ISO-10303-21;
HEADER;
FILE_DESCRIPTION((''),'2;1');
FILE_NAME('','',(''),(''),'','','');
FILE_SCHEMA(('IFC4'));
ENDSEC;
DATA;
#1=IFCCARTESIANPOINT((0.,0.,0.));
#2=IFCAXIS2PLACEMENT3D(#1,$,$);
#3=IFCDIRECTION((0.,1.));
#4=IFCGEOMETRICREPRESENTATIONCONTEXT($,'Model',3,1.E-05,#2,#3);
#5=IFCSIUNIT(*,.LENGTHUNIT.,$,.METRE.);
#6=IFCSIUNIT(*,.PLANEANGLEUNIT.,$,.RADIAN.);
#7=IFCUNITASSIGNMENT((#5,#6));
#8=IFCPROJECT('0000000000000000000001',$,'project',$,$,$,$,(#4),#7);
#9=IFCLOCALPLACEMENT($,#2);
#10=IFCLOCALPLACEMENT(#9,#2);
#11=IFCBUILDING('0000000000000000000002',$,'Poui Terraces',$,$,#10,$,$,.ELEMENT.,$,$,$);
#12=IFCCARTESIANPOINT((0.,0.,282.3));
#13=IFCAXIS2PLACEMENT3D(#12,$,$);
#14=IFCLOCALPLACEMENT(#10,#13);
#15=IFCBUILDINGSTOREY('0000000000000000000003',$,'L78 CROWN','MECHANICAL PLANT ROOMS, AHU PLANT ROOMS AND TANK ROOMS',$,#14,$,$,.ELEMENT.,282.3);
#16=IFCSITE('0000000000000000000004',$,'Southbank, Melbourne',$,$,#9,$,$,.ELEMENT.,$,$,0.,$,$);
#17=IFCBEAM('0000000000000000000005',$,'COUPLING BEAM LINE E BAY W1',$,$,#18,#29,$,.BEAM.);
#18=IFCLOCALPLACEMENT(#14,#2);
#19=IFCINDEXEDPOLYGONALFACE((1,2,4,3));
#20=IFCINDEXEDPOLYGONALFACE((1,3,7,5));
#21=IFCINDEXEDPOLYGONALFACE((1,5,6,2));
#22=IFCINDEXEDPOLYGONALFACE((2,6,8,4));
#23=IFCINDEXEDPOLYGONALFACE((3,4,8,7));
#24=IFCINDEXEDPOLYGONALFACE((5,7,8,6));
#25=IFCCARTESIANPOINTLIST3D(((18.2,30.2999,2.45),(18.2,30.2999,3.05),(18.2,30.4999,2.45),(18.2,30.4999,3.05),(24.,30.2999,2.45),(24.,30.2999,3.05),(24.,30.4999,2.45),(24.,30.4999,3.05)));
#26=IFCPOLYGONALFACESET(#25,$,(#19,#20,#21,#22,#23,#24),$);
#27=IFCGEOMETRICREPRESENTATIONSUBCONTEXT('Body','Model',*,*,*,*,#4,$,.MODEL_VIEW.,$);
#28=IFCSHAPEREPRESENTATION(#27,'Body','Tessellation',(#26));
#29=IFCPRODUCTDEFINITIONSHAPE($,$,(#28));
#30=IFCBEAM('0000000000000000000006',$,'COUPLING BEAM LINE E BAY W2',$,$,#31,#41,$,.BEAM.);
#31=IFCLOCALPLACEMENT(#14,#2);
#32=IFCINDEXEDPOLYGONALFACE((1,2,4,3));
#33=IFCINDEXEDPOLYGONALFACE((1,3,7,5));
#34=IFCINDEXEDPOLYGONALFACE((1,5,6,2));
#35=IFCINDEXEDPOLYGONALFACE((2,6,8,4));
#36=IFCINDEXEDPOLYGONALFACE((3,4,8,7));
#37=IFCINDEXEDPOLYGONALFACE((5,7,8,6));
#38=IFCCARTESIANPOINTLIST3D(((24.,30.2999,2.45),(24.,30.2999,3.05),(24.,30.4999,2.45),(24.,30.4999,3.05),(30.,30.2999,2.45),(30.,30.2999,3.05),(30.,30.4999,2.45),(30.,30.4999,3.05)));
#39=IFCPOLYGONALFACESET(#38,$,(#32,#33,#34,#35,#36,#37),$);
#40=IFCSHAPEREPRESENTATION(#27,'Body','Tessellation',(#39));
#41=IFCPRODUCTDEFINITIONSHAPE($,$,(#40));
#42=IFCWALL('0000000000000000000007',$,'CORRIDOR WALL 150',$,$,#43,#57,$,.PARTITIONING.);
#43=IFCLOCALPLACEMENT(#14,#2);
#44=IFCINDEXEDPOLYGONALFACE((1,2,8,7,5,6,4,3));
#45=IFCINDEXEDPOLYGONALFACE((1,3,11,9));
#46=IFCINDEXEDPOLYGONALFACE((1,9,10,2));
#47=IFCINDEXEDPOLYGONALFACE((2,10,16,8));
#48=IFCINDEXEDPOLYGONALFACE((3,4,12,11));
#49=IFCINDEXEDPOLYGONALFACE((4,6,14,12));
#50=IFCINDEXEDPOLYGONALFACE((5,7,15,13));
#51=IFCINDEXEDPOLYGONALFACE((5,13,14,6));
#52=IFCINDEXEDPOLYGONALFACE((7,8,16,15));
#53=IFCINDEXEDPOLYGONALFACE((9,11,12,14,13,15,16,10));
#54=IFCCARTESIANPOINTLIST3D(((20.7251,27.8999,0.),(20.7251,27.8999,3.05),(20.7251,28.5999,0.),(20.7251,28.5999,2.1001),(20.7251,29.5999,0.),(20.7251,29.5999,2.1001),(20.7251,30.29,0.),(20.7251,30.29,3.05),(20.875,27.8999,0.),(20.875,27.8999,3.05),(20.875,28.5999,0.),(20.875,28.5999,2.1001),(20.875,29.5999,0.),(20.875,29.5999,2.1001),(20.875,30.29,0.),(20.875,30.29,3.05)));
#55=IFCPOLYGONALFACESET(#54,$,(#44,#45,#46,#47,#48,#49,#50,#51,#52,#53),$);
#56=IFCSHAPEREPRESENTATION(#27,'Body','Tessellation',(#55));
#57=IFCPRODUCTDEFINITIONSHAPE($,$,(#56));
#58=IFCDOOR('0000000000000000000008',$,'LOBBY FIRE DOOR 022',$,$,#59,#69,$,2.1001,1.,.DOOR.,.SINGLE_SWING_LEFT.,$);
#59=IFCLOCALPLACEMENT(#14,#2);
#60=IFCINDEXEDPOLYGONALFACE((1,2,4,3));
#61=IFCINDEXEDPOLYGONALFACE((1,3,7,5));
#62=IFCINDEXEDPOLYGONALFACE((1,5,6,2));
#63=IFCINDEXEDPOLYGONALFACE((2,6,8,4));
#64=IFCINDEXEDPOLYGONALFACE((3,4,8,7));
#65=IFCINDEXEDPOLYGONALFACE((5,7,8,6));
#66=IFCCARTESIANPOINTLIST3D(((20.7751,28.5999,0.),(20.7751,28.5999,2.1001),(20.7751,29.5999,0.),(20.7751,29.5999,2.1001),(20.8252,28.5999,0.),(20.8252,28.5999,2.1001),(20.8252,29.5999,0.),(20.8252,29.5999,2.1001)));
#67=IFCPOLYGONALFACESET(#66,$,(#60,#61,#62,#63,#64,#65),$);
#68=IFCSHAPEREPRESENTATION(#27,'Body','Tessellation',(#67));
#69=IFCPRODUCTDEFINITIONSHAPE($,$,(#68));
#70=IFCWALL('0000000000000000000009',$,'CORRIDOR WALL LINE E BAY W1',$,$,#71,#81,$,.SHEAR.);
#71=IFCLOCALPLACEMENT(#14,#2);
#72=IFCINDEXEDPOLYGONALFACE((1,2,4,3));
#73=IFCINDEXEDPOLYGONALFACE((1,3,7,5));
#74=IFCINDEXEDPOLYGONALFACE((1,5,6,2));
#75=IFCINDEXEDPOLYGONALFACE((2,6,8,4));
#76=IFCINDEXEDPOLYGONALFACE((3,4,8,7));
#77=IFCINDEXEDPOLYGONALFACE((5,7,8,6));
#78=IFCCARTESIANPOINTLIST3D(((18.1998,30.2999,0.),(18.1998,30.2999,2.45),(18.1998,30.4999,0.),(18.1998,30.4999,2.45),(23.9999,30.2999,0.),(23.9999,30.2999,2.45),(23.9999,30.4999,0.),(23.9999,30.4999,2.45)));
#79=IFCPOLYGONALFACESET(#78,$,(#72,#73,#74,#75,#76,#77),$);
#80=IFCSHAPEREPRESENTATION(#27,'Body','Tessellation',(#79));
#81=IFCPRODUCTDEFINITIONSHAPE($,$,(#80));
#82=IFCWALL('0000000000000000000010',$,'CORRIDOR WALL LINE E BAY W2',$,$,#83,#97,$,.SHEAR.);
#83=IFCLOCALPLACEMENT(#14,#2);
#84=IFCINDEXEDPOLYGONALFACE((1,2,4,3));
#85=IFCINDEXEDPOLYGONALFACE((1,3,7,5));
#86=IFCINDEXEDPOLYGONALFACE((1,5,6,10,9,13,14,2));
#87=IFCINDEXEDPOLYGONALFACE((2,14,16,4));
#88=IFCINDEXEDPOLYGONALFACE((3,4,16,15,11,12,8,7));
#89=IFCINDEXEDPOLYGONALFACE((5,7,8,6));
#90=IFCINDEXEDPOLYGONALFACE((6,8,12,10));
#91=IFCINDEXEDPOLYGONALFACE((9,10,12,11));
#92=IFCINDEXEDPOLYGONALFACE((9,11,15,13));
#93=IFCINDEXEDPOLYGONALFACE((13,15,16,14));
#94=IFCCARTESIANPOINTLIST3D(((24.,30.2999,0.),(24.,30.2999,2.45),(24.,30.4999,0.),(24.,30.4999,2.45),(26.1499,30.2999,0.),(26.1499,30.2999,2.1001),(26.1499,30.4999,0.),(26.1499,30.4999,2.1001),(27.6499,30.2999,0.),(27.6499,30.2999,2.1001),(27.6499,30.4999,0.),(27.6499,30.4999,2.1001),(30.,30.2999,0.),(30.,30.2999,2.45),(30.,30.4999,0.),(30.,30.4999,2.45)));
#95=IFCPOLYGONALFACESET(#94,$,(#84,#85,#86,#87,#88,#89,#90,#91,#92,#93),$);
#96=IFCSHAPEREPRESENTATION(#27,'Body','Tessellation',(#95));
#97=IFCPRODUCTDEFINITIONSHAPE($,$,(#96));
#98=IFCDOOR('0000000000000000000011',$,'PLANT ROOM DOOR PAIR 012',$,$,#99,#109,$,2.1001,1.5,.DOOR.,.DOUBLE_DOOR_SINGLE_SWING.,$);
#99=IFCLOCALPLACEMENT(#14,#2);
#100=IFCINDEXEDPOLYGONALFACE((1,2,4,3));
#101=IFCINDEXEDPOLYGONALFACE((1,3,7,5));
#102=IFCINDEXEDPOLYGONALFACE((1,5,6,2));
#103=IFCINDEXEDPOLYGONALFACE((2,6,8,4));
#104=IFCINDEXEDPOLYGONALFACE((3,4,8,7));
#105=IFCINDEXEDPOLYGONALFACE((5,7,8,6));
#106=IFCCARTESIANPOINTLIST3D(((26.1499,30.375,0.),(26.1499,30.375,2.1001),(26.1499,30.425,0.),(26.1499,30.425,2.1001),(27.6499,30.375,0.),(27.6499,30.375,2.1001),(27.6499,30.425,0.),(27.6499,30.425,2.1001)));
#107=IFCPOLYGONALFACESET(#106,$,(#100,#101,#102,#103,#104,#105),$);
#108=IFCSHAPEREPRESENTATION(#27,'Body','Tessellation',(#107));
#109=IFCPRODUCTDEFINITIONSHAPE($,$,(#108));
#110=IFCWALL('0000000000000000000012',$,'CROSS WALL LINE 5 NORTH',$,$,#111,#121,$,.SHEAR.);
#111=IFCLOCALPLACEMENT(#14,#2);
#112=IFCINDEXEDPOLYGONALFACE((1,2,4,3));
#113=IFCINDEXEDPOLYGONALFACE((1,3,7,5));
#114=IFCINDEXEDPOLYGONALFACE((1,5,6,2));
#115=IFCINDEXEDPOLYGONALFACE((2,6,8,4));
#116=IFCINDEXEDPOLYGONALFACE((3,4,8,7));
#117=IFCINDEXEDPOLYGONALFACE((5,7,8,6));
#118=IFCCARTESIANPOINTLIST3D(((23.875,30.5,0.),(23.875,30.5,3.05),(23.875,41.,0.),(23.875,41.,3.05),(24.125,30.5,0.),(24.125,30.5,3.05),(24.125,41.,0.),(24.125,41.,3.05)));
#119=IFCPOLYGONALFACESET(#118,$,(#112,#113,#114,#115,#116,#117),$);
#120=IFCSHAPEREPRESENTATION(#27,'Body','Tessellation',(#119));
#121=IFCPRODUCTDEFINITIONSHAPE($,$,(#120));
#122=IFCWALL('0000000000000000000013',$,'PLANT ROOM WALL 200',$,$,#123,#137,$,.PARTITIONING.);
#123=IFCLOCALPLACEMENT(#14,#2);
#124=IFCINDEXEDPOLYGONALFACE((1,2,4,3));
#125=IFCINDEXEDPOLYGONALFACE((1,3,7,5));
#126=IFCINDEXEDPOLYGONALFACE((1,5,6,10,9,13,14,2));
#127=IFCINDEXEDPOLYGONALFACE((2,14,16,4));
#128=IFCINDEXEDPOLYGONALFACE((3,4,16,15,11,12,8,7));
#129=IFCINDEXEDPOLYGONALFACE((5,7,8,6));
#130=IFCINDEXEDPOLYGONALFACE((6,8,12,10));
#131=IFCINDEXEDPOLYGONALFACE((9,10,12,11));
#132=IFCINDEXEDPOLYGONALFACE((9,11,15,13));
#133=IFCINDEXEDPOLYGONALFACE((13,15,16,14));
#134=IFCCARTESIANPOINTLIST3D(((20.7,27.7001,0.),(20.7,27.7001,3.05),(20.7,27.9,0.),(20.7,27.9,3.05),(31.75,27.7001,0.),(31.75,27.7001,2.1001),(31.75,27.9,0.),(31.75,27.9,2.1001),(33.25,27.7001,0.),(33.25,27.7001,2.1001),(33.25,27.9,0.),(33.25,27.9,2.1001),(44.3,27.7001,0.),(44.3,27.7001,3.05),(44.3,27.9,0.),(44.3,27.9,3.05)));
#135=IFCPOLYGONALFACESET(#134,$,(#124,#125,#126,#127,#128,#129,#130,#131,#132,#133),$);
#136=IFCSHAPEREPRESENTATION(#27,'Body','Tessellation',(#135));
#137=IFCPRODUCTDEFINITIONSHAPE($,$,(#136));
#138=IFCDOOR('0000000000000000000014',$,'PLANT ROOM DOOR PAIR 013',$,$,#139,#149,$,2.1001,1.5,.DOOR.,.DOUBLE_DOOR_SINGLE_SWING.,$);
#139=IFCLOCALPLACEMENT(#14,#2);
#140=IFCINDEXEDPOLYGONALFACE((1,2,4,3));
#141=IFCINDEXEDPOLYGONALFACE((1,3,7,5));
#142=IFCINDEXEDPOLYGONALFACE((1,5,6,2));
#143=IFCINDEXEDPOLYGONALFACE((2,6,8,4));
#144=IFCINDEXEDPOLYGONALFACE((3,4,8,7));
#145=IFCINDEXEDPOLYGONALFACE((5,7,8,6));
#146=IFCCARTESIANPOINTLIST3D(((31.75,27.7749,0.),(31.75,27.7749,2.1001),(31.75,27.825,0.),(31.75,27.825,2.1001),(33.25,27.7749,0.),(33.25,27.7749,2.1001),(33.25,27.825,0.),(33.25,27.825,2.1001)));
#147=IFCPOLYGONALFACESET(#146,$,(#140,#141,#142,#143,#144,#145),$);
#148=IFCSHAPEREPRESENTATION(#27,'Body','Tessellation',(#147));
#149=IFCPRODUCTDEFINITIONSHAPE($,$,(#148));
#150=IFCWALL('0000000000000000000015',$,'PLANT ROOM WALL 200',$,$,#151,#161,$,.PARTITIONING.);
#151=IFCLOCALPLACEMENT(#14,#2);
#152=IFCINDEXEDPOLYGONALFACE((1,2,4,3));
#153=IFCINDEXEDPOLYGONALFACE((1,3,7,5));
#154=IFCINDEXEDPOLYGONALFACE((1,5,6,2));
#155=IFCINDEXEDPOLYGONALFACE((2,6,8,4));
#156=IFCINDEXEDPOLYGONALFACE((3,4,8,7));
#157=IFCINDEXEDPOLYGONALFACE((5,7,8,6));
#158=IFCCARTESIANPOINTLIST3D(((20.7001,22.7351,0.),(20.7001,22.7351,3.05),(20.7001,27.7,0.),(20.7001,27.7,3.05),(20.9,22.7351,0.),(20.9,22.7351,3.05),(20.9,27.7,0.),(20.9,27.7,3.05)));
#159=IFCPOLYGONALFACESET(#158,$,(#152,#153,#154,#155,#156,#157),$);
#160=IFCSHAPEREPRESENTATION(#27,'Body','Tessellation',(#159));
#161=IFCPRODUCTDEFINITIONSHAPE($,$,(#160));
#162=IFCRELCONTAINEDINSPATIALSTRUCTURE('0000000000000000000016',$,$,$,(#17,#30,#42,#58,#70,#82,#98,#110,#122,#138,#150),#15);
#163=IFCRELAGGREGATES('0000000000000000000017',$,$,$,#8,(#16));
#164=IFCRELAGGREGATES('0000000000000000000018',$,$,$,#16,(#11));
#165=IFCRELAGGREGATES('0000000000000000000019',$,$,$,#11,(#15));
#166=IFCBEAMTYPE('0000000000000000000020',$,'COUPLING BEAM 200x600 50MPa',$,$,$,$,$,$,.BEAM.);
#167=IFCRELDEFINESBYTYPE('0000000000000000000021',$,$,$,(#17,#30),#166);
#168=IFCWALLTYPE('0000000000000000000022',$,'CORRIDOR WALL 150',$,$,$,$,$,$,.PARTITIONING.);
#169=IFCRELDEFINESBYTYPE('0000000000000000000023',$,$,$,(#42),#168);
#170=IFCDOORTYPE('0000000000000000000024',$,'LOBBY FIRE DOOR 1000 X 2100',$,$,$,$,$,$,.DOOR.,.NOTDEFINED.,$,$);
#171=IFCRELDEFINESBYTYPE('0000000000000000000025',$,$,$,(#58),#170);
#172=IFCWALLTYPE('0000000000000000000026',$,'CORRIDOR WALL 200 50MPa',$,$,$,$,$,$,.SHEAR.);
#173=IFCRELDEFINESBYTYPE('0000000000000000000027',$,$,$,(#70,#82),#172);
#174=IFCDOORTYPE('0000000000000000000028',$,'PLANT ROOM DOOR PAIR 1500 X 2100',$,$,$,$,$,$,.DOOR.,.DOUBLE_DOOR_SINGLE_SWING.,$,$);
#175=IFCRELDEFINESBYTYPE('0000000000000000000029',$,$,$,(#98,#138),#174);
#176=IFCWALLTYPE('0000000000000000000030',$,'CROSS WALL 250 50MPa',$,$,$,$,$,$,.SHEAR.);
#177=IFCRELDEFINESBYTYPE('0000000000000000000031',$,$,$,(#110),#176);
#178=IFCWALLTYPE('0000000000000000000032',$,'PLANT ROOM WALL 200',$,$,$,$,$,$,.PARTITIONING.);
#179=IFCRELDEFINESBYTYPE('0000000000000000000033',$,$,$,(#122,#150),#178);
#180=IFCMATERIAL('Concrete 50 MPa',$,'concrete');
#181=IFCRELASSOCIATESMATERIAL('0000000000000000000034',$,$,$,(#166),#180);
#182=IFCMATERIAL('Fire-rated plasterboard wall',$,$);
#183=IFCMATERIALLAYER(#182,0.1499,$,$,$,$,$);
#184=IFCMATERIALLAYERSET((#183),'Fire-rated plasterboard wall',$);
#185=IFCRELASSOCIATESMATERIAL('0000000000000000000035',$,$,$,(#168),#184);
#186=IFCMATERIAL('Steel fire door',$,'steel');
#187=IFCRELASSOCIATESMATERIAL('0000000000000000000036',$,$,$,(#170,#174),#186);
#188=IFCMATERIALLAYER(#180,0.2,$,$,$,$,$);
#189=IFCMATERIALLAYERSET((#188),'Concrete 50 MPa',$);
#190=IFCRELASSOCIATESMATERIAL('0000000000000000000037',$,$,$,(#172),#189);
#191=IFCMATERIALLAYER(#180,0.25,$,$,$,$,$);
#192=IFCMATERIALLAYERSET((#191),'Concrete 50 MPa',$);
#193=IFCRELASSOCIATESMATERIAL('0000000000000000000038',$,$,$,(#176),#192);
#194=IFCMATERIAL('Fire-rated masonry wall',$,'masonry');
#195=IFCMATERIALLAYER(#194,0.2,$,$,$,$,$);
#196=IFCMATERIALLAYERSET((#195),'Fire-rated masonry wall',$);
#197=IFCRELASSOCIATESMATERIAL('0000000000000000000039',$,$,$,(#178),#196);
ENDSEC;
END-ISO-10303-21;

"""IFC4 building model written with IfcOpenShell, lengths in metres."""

from ifc_helpers import new_model, si_unit, direction, frame, frame_2d, origin, origin_2d, place, context, subcontext, project, spatial, rectangle, extrude, source, transform, mapped, material, layer, layer_set, material_profile, profile_set, type_object, element, fill, save


model = new_model("IFC4")

# Units and contexts
model_context = context("Model", 3, precision=1e-05, world=origin(), true_north=direction((0.0, 1.0)))
body_context = subcontext(model_context, "Body", "Model", "MODEL_VIEW")
ifc_project = project(units=[si_unit("LENGTHUNIT", "METRE"), si_unit("PLANEANGLEUNIT", "RADIAN")], contexts=[model_context])

# Site, building, storey
site_placement = place(None, origin())
site = spatial("IfcSite", under=ifc_project, at=site_placement, Name="Southbank, Melbourne", CompositionType="ELEMENT", RefElevation=0.0)
building_placement = place(site_placement, origin())
building = spatial("IfcBuilding", under=site, at=building_placement, Name="Poui Terraces", CompositionType="ELEMENT")
storey_placement = place(building_placement, frame((0.0, 0.0, 282.3)))
storey = spatial("IfcBuildingStorey", under=building, at=storey_placement, Name="L78 CROWN", Description="MECHANICAL PLANT ROOMS, AHU PLANT ROOMS AND TANK ROOMS", CompositionType="ELEMENT", Elevation=282.3)

# Beams
ifc_material_1 = material(Name="Concrete 50 MPa", Category="concrete")
ifc_material_profile_1 = material_profile(ifc_material_1, rectangle(XDim=0.2, YDim=0.6001, at=origin_2d()), Name="RC 200x600")
ifc_profile_set_1 = profile_set([ifc_material_profile_1], Name="Concrete 50 MPa")
beam_type = type_object("IfcBeamType", Name="COUPLING BEAM 200x600 50MPa", PredefinedType="BEAM", material=ifc_profile_set_1)
shared_shape_1 = source(origin(), body_context, "Body", "SweptSolid", [
    extrude(rectangle(XDim=0.2, YDim=0.6001, at=origin_2d()), origin(), (0.0, 0.0, 1.0), 5.8),
])
beam_1_placement = place(storey_placement, frame((18.2, 30.3999, 2.75), z_axis=(1.0, 0.0, 0.0), x_axis=(0.0, 1.0, 0.0)))
element("IfcBeam", 1, at=beam_1_placement, inside=storey, type_object=beam_type, Name="COUPLING BEAM LINE E BAY W1", PredefinedType="BEAM", context=body_context, shape_type="MappedRepresentation", body=[
    mapped(shared_shape_1, transform((0.0, 0.0, 0.0))),
])
shared_shape_2 = source(origin(), body_context, "Body", "SweptSolid", [
    extrude(rectangle(XDim=0.2, YDim=0.6001, at=origin_2d()), origin(), (0.0, 0.0, 1.0), 6.0),
])
beam_2_placement = place(storey_placement, frame((24.0, 30.3999, 2.75), z_axis=(1.0, 0.0, 0.0), x_axis=(0.0, 1.0, 0.0)))
element("IfcBeam", 2, at=beam_2_placement, inside=storey, type_object=beam_type, Name="COUPLING BEAM LINE E BAY W2", PredefinedType="BEAM", context=body_context, shape_type="MappedRepresentation", body=[
    mapped(shared_shape_2, transform((0.0, 0.0, 0.0))),
])

# Wall, opening, door
ifc_material_2 = material(Name="Fire-rated plasterboard wall")
ifc_layer_1 = layer(ifc_material_2, 0.1499)
ifc_layer_set_1 = layer_set([ifc_layer_1], Name="Fire-rated plasterboard wall")
wall_type_1 = type_object("IfcWallType", Name="CORRIDOR WALL 150", PredefinedType="PARTITIONING", material=ifc_layer_set_1)
wall_1_placement = place(storey_placement, frame((20.8, 27.8999, 0.0), z_axis=(0.0, 0.0, 1.0), x_axis=(0.0, 1.0, 0.0)))
wall_1 = element("IfcWall", 3, at=wall_1_placement, inside=storey, type_object=wall_type_1, Name="CORRIDOR WALL 150", PredefinedType="PARTITIONING", context=body_context, shape_type="SweptSolid", body=[
    extrude(rectangle(XDim=2.3901, YDim=0.1499, at=frame_2d((1.1951, 0.0))), origin(), (0.0, 0.0, 1.0), 3.05),
])
opening_1_placement = place(wall_1_placement, frame((0.7, 0.0, 0.0)))
opening_1 = element("IfcOpeningElement", 4, at=opening_1_placement, cuts=wall_1, PredefinedType="OPENING", context=body_context, shape_type="SweptSolid", body=[
    extrude(rectangle(XDim=1.0, YDim=2.1001, at=frame_2d((0.5, 1.05))), frame((0.0, 0.085, 0.0), z_axis=(0.0, -1.0, 0.0), x_axis=(1.0, 0.0, 0.0)), (0.0, 0.0, 1.0), 0.1699),
])
ifc_material_3 = material(Name="Steel fire door", Category="steel")
door_type_1 = type_object("IfcDoorType", Name="LOBBY FIRE DOOR 1000 X 2100", OperationType="NOTDEFINED", PredefinedType="DOOR", material=ifc_material_3)
door_1_placement = place(opening_1_placement, origin())
door_1 = element("IfcDoor", 5, at=door_1_placement, inside=storey, type_object=door_type_1, Name="LOBBY FIRE DOOR 022", OperationType="SINGLE_SWING_LEFT", OverallHeight=2.1001, OverallWidth=1.0, PredefinedType="DOOR", context=body_context, shape_type="SweptSolid", body=[
    extrude(rectangle(XDim=1.0, YDim=2.1001, at=frame_2d((0.5, 1.05))), frame((0.0, 0.0249, 0.0), z_axis=(0.0, -1.0, 0.0), x_axis=(1.0, 0.0, 0.0)), (0.0, 0.0, 1.0), 0.05),
])
fill(opening_1, door_1)

# Wall
ifc_layer_2 = layer(ifc_material_1, 0.2)
ifc_layer_set_2 = layer_set([ifc_layer_2], Name="Concrete 50 MPa")
wall_type_2 = type_object("IfcWallType", Name="CORRIDOR WALL 200 50MPa", PredefinedType="SHEAR", material=ifc_layer_set_2)
wall_2_placement = place(storey_placement, frame((18.2, 30.3999, 0.0), z_axis=(0.0, 0.0, 1.0), x_axis=(1.0, 0.0, 0.0)))
element("IfcWall", 6, at=wall_2_placement, inside=storey, type_object=wall_type_2, Name="CORRIDOR WALL LINE E BAY W1", PredefinedType="SHEAR", context=body_context, shape_type="SweptSolid", body=[
    extrude(rectangle(XDim=5.8, YDim=0.2, at=frame_2d((2.8999, 0.0))), origin(), (0.0, 0.0, 1.0), 2.45),
])

# Wall, opening, door
wall_3_placement = place(storey_placement, frame((24.0, 30.3999, 0.0), z_axis=(0.0, 0.0, 1.0), x_axis=(1.0, 0.0, 0.0)))
wall_3 = element("IfcWall", 7, at=wall_3_placement, inside=storey, type_object=wall_type_2, Name="CORRIDOR WALL LINE E BAY W2", PredefinedType="SHEAR", context=body_context, shape_type="SweptSolid", body=[
    extrude(rectangle(XDim=6.0, YDim=0.2, at=frame_2d((3.0, 0.0))), origin(), (0.0, 0.0, 1.0), 2.45),
])
opening_2_placement = place(wall_3_placement, frame((2.1499, 0.0, 0.0)))
opening_2 = element("IfcOpeningElement", 8, at=opening_2_placement, cuts=wall_3, PredefinedType="OPENING", context=body_context, shape_type="SweptSolid", body=[
    extrude(rectangle(XDim=1.5, YDim=2.1001, at=frame_2d((0.75, 1.05))), frame((0.0, 0.1099, 0.0), z_axis=(0.0, -1.0, 0.0), x_axis=(1.0, 0.0, 0.0)), (0.0, 0.0, 1.0), 0.22),
])
door_type_2 = type_object("IfcDoorType", Name="PLANT ROOM DOOR PAIR 1500 X 2100", OperationType="DOUBLE_DOOR_SINGLE_SWING", PredefinedType="DOOR", material=ifc_material_3)
door_2_placement = place(opening_2_placement, frame((1.5, 0.0, 0.0), z_axis=(0.0, 0.0, 1.0), x_axis=(-1.0, 0.0, 0.0)))
door_2 = element("IfcDoor", 9, at=door_2_placement, inside=storey, type_object=door_type_2, Name="PLANT ROOM DOOR PAIR 012", OperationType="DOUBLE_DOOR_SINGLE_SWING", OverallHeight=2.1001, OverallWidth=1.5, PredefinedType="DOOR", context=body_context, shape_type="SweptSolid", body=[
    extrude(rectangle(XDim=1.5, YDim=2.1001, at=frame_2d((0.75, 1.05))), frame((0.0, 0.0249, 0.0), z_axis=(0.0, -1.0, 0.0), x_axis=(1.0, 0.0, 0.0)), (0.0, 0.0, 1.0), 0.05),
])
fill(opening_2, door_2)

# Wall
ifc_layer_3 = layer(ifc_material_1, 0.25)
ifc_layer_set_3 = layer_set([ifc_layer_3], Name="Concrete 50 MPa")
wall_type_3 = type_object("IfcWallType", Name="CROSS WALL 250 50MPa", PredefinedType="SHEAR", material=ifc_layer_set_3)
wall_4_placement = place(storey_placement, frame((24.0, 30.5, 0.0), z_axis=(0.0, 0.0, 1.0), x_axis=(0.0, 1.0, 0.0)))
element("IfcWall", 10, at=wall_4_placement, inside=storey, type_object=wall_type_3, Name="CROSS WALL LINE 5 NORTH", PredefinedType="SHEAR", context=body_context, shape_type="SweptSolid", body=[
    extrude(rectangle(XDim=10.5, YDim=0.25, at=frame_2d((5.25, 0.0))), origin(), (0.0, 0.0, 1.0), 3.05),
])

# Wall, opening, door
ifc_material_4 = material(Name="Fire-rated masonry wall", Category="masonry")
ifc_layer_4 = layer(ifc_material_4, 0.2)
ifc_layer_set_4 = layer_set([ifc_layer_4], Name="Fire-rated masonry wall")
wall_type_4 = type_object("IfcWallType", Name="PLANT ROOM WALL 200", PredefinedType="PARTITIONING", material=ifc_layer_set_4)
wall_5_placement = place(storey_placement, frame((20.7, 27.8, 0.0), z_axis=(0.0, 0.0, 1.0), x_axis=(1.0, 0.0, 0.0)))
wall_5 = element("IfcWall", 11, at=wall_5_placement, inside=storey, type_object=wall_type_4, Name="PLANT ROOM WALL 200", PredefinedType="PARTITIONING", context=body_context, shape_type="SweptSolid", body=[
    extrude(rectangle(XDim=23.6001, YDim=0.2, at=frame_2d((11.8, 0.0))), origin(), (0.0, 0.0, 1.0), 3.05),
])
opening_3_placement = place(wall_5_placement, frame((11.05, 0.0, 0.0)))
opening_3 = element("IfcOpeningElement", 12, at=opening_3_placement, cuts=wall_5, PredefinedType="OPENING", context=body_context, shape_type="SweptSolid", body=[
    extrude(rectangle(XDim=1.5, YDim=2.1001, at=frame_2d((0.75, 1.05))), frame((0.0, 0.1099, 0.0), z_axis=(0.0, -1.0, 0.0), x_axis=(1.0, 0.0, 0.0)), (0.0, 0.0, 1.0), 0.22),
])
door_3_placement = place(opening_3_placement, origin())
door_3 = element("IfcDoor", 13, at=door_3_placement, inside=storey, type_object=door_type_2, Name="PLANT ROOM DOOR PAIR 013", OperationType="DOUBLE_DOOR_SINGLE_SWING", OverallHeight=2.1001, OverallWidth=1.5, PredefinedType="DOOR", context=body_context, shape_type="SweptSolid", body=[
    extrude(rectangle(XDim=1.5, YDim=2.1001, at=frame_2d((0.75, 1.05))), frame((0.0, 0.0249, 0.0), z_axis=(0.0, -1.0, 0.0), x_axis=(1.0, 0.0, 0.0)), (0.0, 0.0, 1.0), 0.05),
])
fill(opening_3, door_3)

# Wall
wall_6_placement = place(storey_placement, frame((20.8, 22.7351, 0.0), z_axis=(0.0, 0.0, 1.0), x_axis=(0.0, 1.0, 0.0)))
element("IfcWall", 14, at=wall_6_placement, inside=storey, type_object=wall_type_4, Name="PLANT ROOM WALL 200", PredefinedType="PARTITIONING", context=body_context, shape_type="SweptSolid", body=[
    extrude(rectangle(XDim=4.9648, YDim=0.2, at=frame_2d((2.4824, 0.0))), origin(), (0.0, 0.0, 1.0), 3.05),
])

save(model, "model.ifc")
